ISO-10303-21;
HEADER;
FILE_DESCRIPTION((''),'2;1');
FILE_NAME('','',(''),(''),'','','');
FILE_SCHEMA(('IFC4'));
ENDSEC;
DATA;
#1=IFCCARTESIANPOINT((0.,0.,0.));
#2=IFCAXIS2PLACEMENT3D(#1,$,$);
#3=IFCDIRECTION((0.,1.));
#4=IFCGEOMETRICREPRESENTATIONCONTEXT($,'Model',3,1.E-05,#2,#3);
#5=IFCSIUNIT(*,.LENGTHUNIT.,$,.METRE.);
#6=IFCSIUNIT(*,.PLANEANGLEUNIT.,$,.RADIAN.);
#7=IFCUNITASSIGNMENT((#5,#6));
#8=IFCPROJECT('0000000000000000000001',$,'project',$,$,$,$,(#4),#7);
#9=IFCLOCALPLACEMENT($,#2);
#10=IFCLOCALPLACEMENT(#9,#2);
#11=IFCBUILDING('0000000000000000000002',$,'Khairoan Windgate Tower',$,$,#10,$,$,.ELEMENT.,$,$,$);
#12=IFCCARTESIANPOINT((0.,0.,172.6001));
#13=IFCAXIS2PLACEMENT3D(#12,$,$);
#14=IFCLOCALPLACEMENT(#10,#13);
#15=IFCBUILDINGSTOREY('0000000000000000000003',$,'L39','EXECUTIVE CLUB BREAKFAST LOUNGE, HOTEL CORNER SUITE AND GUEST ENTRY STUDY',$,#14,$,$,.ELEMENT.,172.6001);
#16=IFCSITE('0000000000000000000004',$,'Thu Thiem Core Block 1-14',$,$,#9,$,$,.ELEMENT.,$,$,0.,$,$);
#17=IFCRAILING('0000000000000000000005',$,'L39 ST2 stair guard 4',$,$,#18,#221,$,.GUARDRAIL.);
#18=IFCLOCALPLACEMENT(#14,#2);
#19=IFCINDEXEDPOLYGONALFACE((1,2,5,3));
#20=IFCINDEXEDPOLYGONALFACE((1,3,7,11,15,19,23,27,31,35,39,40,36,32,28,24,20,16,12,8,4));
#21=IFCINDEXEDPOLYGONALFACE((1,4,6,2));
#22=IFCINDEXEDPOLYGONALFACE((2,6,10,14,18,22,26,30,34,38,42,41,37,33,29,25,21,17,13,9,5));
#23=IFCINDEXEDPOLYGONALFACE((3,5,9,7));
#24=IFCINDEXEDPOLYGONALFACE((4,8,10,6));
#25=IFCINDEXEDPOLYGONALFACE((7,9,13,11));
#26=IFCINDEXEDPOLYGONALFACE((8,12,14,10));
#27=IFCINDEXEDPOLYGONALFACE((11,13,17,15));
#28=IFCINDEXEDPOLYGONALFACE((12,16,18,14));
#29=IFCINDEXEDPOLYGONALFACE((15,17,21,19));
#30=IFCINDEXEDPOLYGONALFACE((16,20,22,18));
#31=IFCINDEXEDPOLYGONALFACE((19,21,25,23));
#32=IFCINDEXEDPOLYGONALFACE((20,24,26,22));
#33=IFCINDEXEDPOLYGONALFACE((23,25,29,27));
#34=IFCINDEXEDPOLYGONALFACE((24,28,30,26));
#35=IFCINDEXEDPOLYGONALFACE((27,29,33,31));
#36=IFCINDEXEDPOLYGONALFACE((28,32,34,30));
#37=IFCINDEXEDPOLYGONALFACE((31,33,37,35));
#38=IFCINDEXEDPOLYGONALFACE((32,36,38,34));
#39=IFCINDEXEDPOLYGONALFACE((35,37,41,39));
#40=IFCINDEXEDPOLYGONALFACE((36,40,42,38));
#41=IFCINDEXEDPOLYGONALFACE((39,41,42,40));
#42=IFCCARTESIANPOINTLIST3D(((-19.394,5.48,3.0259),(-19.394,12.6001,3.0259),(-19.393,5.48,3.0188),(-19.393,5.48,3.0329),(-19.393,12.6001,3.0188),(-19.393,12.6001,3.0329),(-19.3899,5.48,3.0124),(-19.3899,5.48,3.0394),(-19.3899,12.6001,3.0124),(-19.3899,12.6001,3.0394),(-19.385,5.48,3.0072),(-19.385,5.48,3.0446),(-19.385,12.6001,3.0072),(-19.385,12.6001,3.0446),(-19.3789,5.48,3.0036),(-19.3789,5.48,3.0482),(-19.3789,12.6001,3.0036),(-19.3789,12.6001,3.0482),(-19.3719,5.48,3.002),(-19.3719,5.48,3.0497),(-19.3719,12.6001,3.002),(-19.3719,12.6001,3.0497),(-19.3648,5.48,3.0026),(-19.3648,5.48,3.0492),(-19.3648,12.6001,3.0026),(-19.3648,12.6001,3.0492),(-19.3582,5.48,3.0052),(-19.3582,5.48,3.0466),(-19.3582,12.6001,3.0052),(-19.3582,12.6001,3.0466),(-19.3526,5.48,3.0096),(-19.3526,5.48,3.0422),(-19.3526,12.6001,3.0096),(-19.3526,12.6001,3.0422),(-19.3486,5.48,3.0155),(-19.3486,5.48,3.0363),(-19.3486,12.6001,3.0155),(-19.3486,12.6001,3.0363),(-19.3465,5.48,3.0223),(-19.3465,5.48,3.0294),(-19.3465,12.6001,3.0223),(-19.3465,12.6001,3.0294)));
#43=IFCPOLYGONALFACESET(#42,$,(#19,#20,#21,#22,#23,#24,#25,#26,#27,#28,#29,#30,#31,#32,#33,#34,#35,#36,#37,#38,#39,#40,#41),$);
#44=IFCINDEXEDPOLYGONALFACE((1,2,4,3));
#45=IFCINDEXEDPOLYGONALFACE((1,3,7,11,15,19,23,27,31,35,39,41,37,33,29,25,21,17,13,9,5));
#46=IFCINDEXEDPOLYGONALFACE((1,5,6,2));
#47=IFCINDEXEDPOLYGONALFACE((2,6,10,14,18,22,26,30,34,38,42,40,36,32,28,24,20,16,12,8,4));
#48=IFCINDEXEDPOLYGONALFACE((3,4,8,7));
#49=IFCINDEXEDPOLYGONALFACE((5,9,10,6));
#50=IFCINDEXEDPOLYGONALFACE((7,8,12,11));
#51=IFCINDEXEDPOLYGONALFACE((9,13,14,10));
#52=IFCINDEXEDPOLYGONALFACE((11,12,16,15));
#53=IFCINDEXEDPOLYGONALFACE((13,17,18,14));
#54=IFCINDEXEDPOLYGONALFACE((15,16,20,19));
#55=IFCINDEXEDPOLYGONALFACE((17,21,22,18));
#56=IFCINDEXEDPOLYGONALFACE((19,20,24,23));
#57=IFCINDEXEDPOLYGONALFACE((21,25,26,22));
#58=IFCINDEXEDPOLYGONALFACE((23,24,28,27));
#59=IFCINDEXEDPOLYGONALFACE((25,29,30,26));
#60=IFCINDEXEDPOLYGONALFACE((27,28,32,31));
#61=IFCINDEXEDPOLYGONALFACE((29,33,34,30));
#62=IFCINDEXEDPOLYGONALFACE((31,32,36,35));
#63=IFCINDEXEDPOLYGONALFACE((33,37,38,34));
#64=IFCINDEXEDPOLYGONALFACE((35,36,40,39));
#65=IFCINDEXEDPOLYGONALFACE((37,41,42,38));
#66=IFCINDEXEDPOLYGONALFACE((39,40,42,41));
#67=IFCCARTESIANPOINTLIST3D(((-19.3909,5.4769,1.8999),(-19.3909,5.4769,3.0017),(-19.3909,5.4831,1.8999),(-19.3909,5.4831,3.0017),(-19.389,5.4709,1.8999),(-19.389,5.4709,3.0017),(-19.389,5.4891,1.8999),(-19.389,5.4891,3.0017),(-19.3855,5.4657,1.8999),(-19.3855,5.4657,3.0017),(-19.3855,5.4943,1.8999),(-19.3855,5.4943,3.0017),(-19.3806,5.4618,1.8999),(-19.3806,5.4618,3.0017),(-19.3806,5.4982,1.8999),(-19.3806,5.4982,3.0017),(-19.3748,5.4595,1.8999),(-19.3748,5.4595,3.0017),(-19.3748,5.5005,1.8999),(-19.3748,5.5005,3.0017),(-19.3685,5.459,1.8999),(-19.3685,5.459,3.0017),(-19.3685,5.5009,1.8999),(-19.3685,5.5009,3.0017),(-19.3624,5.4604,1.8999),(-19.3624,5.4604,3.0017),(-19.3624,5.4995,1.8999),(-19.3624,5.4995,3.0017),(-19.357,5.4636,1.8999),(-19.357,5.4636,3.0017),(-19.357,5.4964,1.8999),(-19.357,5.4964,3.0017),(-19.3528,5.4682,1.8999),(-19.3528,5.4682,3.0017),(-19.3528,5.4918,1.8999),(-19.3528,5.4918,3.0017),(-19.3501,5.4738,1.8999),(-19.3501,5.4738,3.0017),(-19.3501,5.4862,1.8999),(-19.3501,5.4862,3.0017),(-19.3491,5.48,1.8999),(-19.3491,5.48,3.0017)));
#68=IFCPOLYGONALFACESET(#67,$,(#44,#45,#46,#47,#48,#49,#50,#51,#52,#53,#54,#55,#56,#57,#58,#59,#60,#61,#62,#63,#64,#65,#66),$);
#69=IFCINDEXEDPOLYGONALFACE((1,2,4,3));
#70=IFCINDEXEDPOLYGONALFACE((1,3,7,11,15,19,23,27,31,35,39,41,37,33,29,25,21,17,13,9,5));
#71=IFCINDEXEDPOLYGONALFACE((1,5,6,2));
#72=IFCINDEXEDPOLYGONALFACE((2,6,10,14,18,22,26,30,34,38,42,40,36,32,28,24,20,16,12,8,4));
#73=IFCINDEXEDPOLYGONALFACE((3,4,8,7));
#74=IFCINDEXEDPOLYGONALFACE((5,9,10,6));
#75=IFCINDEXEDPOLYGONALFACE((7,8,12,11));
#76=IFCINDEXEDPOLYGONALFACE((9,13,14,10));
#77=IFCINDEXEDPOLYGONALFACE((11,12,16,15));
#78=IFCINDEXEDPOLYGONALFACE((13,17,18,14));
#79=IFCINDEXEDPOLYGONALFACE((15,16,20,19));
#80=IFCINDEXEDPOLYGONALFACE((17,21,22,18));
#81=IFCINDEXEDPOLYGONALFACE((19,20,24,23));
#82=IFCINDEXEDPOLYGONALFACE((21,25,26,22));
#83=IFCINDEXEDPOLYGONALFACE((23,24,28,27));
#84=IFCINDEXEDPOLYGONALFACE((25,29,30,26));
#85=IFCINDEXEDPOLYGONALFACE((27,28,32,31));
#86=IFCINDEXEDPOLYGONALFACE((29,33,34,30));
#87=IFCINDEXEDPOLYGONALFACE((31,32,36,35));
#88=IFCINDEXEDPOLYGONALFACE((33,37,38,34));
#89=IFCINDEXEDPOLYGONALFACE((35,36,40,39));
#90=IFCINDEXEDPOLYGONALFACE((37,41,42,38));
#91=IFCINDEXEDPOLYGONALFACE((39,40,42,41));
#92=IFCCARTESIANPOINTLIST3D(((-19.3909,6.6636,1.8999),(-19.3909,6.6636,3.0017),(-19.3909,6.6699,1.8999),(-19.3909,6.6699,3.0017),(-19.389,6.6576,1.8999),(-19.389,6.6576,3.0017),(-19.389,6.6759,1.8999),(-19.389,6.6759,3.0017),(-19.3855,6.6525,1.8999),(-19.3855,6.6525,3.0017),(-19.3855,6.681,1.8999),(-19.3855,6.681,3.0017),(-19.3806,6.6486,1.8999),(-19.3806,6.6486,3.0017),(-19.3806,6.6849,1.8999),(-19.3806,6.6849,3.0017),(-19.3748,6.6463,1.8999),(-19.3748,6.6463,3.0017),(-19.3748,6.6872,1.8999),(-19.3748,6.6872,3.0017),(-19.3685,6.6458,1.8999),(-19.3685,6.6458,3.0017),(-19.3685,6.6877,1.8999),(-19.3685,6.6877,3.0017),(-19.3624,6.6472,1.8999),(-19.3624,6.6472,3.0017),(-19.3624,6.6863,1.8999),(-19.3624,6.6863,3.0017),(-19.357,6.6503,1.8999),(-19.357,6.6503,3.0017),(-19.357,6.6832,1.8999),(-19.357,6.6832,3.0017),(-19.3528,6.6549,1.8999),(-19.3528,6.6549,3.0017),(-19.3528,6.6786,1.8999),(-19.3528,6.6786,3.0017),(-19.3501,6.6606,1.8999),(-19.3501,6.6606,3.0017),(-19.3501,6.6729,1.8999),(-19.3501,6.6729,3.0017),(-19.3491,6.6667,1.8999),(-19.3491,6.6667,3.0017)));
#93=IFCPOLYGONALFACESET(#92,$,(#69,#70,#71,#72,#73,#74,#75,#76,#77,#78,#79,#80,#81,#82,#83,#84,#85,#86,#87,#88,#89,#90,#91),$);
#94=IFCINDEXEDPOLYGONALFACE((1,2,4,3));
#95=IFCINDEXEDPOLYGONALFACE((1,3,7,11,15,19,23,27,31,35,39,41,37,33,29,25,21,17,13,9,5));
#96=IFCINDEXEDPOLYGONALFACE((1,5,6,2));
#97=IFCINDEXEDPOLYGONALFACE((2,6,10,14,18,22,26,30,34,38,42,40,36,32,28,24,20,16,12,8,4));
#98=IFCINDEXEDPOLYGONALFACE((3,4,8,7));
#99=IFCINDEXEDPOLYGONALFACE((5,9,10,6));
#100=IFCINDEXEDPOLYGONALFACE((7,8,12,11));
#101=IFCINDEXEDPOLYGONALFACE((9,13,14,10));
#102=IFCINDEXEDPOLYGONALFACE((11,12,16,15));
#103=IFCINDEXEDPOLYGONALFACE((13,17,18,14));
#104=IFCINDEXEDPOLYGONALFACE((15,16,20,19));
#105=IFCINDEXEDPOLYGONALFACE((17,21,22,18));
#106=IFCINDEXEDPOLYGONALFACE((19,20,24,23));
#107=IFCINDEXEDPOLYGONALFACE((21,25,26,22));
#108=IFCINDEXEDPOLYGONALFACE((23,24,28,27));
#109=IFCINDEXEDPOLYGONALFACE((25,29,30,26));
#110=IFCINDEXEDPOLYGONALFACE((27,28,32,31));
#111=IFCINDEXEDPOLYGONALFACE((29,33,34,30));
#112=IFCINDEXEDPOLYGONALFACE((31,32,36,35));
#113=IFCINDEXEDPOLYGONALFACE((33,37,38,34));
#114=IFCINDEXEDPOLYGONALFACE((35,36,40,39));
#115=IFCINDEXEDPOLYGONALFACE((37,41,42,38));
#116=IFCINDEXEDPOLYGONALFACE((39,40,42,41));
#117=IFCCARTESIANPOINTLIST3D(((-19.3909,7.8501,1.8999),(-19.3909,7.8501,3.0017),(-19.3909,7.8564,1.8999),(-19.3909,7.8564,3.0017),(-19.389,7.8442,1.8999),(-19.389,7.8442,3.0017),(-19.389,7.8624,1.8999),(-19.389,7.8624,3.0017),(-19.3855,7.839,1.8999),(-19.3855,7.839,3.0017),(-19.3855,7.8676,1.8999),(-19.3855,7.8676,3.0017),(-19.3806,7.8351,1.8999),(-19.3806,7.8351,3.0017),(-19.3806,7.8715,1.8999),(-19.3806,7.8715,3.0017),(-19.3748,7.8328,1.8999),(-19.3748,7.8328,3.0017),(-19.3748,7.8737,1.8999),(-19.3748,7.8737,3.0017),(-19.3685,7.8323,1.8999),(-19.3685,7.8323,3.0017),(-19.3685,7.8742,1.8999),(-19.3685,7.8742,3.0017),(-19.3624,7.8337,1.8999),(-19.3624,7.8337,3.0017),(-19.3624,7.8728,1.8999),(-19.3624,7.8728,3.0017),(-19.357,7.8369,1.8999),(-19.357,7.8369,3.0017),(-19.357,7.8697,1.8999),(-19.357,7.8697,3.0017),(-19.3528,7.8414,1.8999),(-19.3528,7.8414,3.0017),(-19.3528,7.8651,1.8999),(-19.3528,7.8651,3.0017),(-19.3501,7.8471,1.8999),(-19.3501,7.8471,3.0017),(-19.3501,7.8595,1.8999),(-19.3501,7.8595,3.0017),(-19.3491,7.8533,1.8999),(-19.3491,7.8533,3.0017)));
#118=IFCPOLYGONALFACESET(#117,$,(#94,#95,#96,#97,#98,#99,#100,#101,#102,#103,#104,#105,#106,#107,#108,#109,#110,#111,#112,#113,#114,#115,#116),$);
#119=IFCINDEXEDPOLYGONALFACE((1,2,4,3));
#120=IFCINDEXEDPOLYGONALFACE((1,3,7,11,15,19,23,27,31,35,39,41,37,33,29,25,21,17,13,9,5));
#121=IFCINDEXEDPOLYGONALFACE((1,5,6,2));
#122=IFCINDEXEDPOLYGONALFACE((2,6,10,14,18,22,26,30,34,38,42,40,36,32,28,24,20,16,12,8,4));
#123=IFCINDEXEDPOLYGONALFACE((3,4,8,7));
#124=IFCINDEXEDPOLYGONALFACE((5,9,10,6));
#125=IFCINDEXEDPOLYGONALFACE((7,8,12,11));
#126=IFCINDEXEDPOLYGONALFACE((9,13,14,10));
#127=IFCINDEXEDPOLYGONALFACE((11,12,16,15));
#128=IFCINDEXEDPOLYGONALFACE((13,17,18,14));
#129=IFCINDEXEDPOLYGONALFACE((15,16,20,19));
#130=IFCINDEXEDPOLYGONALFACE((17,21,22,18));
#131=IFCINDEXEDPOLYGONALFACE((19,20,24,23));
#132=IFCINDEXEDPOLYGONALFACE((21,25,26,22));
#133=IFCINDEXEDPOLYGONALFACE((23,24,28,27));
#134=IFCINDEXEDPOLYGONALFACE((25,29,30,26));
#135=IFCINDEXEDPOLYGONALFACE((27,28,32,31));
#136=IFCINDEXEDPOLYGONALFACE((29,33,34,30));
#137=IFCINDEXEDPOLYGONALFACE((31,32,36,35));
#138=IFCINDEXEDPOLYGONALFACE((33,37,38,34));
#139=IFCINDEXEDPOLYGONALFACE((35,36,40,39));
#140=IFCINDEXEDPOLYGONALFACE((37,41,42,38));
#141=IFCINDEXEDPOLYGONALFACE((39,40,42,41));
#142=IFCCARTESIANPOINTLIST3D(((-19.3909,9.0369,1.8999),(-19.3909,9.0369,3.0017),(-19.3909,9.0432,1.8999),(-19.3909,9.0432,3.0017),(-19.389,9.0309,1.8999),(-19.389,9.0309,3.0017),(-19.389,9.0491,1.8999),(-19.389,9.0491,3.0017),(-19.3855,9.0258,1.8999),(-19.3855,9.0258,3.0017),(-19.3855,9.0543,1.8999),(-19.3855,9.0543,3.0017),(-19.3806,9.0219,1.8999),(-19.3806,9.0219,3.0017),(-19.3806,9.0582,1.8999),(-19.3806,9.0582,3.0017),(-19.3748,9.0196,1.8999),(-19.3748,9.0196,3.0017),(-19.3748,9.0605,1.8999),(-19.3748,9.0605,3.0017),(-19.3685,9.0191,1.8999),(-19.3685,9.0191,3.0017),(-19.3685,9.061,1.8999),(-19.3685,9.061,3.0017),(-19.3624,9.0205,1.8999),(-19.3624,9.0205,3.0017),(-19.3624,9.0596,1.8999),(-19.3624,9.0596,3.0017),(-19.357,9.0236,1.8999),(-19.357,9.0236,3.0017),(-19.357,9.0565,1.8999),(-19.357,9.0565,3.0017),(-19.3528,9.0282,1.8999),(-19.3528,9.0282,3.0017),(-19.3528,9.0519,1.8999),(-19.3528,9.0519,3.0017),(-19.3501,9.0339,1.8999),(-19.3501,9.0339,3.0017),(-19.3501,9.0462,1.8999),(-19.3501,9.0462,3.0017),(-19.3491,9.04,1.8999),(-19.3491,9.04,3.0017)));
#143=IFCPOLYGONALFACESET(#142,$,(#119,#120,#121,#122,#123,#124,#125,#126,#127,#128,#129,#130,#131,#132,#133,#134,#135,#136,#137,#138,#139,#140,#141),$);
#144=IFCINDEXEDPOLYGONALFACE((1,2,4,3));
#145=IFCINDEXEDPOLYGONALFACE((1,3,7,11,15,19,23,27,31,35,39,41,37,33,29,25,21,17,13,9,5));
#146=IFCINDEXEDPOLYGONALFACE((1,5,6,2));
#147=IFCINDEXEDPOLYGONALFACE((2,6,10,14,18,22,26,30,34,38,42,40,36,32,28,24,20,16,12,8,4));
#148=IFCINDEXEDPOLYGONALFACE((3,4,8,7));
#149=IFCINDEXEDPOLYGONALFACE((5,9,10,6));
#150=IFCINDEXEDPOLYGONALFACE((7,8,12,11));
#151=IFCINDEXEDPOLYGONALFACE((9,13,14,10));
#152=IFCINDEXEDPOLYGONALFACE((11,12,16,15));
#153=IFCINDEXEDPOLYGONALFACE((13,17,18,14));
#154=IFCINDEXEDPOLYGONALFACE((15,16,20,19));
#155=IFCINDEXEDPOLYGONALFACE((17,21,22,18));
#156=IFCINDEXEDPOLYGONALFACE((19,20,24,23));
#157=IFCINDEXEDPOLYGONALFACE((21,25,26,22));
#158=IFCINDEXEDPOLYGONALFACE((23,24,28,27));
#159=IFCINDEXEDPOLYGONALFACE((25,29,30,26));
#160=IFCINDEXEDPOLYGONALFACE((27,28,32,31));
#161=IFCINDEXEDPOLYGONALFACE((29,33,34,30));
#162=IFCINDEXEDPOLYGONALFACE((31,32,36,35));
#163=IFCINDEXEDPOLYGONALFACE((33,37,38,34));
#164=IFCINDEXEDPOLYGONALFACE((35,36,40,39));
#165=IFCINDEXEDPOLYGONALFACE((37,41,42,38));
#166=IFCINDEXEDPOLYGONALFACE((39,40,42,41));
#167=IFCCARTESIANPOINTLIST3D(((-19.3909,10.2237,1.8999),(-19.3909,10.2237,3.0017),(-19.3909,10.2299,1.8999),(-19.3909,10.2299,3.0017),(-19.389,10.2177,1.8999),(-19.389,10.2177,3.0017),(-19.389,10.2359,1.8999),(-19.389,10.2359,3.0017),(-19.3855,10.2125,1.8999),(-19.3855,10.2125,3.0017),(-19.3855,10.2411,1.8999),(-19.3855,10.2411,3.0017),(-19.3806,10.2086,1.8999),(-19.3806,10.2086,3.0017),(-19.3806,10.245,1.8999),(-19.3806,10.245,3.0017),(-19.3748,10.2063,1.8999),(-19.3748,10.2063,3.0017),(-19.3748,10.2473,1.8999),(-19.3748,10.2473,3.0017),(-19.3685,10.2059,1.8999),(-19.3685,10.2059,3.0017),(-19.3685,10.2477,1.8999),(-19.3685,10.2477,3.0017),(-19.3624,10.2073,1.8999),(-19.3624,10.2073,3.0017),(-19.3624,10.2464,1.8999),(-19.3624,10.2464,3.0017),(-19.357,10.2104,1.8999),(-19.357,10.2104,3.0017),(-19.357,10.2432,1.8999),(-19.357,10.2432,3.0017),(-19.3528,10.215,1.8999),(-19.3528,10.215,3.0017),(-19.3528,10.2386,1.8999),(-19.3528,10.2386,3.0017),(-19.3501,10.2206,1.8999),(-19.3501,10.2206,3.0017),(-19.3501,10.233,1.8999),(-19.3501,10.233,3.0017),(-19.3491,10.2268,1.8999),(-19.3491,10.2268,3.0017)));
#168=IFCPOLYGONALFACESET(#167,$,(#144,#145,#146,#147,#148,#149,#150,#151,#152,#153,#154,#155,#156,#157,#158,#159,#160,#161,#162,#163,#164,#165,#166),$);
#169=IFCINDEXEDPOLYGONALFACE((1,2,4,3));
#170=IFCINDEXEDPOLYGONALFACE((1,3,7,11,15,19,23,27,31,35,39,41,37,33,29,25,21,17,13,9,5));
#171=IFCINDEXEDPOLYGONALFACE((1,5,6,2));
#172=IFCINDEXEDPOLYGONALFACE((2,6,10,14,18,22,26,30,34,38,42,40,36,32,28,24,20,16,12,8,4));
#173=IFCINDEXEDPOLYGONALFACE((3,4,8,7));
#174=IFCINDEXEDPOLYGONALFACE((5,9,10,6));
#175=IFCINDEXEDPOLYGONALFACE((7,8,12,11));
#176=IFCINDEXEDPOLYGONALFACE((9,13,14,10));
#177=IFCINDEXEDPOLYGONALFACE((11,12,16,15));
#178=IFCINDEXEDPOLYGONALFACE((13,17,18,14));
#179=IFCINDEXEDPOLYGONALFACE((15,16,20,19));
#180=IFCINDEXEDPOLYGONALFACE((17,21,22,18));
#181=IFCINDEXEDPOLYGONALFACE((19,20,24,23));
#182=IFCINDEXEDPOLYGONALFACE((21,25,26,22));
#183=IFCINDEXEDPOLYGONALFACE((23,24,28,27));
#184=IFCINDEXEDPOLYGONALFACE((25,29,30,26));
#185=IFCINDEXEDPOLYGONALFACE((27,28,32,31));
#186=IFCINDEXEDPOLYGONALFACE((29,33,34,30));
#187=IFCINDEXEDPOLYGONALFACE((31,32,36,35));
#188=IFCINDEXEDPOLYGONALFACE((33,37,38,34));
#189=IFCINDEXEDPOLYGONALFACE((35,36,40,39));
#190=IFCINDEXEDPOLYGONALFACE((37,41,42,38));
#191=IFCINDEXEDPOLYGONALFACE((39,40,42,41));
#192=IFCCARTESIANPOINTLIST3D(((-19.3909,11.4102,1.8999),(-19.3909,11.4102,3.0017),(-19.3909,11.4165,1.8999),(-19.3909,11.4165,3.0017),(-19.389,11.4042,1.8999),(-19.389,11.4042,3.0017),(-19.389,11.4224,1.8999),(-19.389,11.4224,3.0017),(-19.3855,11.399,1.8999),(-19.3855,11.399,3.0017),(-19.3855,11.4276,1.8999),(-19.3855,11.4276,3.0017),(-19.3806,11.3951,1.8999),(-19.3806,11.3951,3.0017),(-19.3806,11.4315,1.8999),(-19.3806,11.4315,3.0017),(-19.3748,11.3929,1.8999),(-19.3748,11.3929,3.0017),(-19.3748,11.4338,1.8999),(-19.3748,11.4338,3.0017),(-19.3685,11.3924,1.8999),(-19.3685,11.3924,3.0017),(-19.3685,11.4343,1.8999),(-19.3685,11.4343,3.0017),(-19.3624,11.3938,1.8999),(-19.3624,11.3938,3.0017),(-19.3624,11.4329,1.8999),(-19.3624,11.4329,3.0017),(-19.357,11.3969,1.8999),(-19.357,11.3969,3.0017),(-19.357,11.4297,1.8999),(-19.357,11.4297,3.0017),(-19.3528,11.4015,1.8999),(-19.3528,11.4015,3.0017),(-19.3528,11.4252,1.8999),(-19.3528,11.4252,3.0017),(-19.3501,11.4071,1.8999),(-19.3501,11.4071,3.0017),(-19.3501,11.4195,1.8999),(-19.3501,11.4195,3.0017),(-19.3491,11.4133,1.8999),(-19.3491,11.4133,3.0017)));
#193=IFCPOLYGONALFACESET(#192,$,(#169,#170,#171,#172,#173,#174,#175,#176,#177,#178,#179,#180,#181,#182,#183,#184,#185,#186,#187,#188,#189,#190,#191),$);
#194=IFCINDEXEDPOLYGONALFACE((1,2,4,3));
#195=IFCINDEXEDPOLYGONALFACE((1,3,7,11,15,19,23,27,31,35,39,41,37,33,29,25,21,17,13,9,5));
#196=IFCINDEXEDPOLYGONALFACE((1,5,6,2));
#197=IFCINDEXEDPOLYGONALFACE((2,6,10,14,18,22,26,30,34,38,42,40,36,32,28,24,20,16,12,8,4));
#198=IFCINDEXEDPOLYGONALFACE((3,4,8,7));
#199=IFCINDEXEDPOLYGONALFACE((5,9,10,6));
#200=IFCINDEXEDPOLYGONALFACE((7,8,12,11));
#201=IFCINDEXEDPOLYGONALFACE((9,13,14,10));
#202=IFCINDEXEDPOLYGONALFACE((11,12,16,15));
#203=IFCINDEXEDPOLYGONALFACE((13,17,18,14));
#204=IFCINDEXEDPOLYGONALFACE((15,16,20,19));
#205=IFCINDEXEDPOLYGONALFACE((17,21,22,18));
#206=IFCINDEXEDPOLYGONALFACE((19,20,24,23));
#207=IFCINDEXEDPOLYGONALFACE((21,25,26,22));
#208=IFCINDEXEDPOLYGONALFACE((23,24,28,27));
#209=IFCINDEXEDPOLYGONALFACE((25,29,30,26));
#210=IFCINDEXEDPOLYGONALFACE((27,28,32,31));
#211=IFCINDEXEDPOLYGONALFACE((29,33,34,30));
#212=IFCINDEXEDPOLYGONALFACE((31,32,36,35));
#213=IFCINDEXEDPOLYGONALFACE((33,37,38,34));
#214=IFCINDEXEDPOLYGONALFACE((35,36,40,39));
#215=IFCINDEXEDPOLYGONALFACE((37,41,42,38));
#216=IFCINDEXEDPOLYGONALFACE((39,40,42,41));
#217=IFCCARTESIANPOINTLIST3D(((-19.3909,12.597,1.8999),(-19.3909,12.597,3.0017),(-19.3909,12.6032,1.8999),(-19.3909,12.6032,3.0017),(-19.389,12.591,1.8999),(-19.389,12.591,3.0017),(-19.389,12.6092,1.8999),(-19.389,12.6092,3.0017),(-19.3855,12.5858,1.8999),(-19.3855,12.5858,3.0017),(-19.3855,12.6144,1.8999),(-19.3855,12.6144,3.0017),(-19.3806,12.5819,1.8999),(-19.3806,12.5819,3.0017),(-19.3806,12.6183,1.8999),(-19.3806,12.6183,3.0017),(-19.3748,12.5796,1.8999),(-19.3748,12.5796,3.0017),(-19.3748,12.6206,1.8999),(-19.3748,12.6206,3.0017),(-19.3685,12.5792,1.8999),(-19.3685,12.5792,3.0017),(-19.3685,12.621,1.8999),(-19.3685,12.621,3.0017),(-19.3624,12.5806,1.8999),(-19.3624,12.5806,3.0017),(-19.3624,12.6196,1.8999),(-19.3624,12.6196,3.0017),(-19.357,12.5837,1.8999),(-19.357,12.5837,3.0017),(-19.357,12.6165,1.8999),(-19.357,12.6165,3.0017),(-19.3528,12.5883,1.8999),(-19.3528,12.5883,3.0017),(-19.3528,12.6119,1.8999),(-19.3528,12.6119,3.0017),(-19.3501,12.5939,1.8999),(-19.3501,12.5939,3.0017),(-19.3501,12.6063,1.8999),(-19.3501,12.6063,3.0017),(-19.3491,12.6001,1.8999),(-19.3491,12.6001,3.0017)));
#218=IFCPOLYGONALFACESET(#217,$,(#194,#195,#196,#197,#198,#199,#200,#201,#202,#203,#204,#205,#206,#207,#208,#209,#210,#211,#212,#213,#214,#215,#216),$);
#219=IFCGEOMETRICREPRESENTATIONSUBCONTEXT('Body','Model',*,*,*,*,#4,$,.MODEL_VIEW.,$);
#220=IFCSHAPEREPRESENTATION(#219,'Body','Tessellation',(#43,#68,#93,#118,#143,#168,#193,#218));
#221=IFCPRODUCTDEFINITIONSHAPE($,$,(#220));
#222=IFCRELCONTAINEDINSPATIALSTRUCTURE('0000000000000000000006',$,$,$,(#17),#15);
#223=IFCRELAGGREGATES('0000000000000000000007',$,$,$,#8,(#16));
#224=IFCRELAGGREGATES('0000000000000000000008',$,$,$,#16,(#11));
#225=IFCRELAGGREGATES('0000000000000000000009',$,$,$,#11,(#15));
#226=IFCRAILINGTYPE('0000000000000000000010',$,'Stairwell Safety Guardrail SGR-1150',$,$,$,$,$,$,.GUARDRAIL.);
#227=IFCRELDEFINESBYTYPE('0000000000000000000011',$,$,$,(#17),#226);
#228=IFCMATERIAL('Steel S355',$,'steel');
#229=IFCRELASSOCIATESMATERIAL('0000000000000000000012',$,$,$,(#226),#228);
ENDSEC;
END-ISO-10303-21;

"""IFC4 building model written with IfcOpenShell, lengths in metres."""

from ifc_helpers import new_model, si_unit, direction, frame, origin, origin_2d, place, context, subcontext, project, spatial, circle, extrude, material, type_object, element, save


model = new_model("IFC4")

# Units and contexts
model_context = context("Model", 3, precision=1e-05, world=origin(), true_north=direction((0.0, 1.0)))
body_context = subcontext(model_context, "Body", "Model", "MODEL_VIEW")
ifc_project = project(units=[si_unit("LENGTHUNIT", "METRE"), si_unit("PLANEANGLEUNIT", "RADIAN")], contexts=[model_context])

# Site, building, storey
site_placement = place(None, origin())
site = spatial("IfcSite", under=ifc_project, at=site_placement, Name="Thu Thiem Core Block 1-14", CompositionType="ELEMENT", RefElevation=0.0)
building_placement = place(site_placement, origin())
building = spatial("IfcBuilding", under=site, at=building_placement, Name="Khairoan Windgate Tower", CompositionType="ELEMENT")
storey_placement = place(building_placement, frame((0.0, 0.0, 172.6001)))
storey = spatial("IfcBuildingStorey", under=building, at=storey_placement, Name="L39", Description="EXECUTIVE CLUB BREAKFAST LOUNGE, HOTEL CORNER SUITE AND GUEST ENTRY STUDY", CompositionType="ELEMENT", Elevation=172.6001)

# Railing
ifc_material_1 = material(Name="Steel S355", Category="steel")
railing_type_1 = type_object("IfcRailingType", Name="Stairwell Safety Guardrail SGR-1150", PredefinedType="GUARDRAIL", material=ifc_material_1)
railing_1_placement = place(storey_placement, frame((-19.3701, 5.48, 1.8999)))
element("IfcRailing", 1, at=railing_1_placement, inside=storey, type_object=railing_type_1, Name="L39 ST2 stair guard 4", PredefinedType="GUARDRAIL", context=body_context, shape_type="SweptSolid", body=[
    extrude(circle(Radius=0.0239, at=origin_2d()), frame((0.0, 0.0, 1.126), z_axis=(0.0, 1.0, 0.0), x_axis=(-1.0, 0.0, 0.0)), (0.0, 0.0, 1.0), 7.1201),
    extrude(circle(Radius=0.021, at=origin_2d()), origin(), (0.0, 0.0, 1.0), 1.1018),
    extrude(circle(Radius=0.021, at=origin_2d()), frame((0.0, 1.1868, 0.0)), (0.0, 0.0, 1.0), 1.1018),
    extrude(circle(Radius=0.021, at=origin_2d()), frame((0.0, 2.3733, 0.0)), (0.0, 0.0, 1.0), 1.1018),
    extrude(circle(Radius=0.021, at=origin_2d()), frame((0.0, 3.5601, 0.0)), (0.0, 0.0, 1.0), 1.1018),
    extrude(circle(Radius=0.021, at=origin_2d()), frame((0.0, 4.7468, 0.0)), (0.0, 0.0, 1.0), 1.1018),
    extrude(circle(Radius=0.021, at=origin_2d()), frame((0.0, 5.9333, 0.0)), (0.0, 0.0, 1.0), 1.1018),
    extrude(circle(Radius=0.021, at=origin_2d()), frame((0.0, 7.1201, 0.0)), (0.0, 0.0, 1.0), 1.1018),
])

save(model, "model.ifc")
